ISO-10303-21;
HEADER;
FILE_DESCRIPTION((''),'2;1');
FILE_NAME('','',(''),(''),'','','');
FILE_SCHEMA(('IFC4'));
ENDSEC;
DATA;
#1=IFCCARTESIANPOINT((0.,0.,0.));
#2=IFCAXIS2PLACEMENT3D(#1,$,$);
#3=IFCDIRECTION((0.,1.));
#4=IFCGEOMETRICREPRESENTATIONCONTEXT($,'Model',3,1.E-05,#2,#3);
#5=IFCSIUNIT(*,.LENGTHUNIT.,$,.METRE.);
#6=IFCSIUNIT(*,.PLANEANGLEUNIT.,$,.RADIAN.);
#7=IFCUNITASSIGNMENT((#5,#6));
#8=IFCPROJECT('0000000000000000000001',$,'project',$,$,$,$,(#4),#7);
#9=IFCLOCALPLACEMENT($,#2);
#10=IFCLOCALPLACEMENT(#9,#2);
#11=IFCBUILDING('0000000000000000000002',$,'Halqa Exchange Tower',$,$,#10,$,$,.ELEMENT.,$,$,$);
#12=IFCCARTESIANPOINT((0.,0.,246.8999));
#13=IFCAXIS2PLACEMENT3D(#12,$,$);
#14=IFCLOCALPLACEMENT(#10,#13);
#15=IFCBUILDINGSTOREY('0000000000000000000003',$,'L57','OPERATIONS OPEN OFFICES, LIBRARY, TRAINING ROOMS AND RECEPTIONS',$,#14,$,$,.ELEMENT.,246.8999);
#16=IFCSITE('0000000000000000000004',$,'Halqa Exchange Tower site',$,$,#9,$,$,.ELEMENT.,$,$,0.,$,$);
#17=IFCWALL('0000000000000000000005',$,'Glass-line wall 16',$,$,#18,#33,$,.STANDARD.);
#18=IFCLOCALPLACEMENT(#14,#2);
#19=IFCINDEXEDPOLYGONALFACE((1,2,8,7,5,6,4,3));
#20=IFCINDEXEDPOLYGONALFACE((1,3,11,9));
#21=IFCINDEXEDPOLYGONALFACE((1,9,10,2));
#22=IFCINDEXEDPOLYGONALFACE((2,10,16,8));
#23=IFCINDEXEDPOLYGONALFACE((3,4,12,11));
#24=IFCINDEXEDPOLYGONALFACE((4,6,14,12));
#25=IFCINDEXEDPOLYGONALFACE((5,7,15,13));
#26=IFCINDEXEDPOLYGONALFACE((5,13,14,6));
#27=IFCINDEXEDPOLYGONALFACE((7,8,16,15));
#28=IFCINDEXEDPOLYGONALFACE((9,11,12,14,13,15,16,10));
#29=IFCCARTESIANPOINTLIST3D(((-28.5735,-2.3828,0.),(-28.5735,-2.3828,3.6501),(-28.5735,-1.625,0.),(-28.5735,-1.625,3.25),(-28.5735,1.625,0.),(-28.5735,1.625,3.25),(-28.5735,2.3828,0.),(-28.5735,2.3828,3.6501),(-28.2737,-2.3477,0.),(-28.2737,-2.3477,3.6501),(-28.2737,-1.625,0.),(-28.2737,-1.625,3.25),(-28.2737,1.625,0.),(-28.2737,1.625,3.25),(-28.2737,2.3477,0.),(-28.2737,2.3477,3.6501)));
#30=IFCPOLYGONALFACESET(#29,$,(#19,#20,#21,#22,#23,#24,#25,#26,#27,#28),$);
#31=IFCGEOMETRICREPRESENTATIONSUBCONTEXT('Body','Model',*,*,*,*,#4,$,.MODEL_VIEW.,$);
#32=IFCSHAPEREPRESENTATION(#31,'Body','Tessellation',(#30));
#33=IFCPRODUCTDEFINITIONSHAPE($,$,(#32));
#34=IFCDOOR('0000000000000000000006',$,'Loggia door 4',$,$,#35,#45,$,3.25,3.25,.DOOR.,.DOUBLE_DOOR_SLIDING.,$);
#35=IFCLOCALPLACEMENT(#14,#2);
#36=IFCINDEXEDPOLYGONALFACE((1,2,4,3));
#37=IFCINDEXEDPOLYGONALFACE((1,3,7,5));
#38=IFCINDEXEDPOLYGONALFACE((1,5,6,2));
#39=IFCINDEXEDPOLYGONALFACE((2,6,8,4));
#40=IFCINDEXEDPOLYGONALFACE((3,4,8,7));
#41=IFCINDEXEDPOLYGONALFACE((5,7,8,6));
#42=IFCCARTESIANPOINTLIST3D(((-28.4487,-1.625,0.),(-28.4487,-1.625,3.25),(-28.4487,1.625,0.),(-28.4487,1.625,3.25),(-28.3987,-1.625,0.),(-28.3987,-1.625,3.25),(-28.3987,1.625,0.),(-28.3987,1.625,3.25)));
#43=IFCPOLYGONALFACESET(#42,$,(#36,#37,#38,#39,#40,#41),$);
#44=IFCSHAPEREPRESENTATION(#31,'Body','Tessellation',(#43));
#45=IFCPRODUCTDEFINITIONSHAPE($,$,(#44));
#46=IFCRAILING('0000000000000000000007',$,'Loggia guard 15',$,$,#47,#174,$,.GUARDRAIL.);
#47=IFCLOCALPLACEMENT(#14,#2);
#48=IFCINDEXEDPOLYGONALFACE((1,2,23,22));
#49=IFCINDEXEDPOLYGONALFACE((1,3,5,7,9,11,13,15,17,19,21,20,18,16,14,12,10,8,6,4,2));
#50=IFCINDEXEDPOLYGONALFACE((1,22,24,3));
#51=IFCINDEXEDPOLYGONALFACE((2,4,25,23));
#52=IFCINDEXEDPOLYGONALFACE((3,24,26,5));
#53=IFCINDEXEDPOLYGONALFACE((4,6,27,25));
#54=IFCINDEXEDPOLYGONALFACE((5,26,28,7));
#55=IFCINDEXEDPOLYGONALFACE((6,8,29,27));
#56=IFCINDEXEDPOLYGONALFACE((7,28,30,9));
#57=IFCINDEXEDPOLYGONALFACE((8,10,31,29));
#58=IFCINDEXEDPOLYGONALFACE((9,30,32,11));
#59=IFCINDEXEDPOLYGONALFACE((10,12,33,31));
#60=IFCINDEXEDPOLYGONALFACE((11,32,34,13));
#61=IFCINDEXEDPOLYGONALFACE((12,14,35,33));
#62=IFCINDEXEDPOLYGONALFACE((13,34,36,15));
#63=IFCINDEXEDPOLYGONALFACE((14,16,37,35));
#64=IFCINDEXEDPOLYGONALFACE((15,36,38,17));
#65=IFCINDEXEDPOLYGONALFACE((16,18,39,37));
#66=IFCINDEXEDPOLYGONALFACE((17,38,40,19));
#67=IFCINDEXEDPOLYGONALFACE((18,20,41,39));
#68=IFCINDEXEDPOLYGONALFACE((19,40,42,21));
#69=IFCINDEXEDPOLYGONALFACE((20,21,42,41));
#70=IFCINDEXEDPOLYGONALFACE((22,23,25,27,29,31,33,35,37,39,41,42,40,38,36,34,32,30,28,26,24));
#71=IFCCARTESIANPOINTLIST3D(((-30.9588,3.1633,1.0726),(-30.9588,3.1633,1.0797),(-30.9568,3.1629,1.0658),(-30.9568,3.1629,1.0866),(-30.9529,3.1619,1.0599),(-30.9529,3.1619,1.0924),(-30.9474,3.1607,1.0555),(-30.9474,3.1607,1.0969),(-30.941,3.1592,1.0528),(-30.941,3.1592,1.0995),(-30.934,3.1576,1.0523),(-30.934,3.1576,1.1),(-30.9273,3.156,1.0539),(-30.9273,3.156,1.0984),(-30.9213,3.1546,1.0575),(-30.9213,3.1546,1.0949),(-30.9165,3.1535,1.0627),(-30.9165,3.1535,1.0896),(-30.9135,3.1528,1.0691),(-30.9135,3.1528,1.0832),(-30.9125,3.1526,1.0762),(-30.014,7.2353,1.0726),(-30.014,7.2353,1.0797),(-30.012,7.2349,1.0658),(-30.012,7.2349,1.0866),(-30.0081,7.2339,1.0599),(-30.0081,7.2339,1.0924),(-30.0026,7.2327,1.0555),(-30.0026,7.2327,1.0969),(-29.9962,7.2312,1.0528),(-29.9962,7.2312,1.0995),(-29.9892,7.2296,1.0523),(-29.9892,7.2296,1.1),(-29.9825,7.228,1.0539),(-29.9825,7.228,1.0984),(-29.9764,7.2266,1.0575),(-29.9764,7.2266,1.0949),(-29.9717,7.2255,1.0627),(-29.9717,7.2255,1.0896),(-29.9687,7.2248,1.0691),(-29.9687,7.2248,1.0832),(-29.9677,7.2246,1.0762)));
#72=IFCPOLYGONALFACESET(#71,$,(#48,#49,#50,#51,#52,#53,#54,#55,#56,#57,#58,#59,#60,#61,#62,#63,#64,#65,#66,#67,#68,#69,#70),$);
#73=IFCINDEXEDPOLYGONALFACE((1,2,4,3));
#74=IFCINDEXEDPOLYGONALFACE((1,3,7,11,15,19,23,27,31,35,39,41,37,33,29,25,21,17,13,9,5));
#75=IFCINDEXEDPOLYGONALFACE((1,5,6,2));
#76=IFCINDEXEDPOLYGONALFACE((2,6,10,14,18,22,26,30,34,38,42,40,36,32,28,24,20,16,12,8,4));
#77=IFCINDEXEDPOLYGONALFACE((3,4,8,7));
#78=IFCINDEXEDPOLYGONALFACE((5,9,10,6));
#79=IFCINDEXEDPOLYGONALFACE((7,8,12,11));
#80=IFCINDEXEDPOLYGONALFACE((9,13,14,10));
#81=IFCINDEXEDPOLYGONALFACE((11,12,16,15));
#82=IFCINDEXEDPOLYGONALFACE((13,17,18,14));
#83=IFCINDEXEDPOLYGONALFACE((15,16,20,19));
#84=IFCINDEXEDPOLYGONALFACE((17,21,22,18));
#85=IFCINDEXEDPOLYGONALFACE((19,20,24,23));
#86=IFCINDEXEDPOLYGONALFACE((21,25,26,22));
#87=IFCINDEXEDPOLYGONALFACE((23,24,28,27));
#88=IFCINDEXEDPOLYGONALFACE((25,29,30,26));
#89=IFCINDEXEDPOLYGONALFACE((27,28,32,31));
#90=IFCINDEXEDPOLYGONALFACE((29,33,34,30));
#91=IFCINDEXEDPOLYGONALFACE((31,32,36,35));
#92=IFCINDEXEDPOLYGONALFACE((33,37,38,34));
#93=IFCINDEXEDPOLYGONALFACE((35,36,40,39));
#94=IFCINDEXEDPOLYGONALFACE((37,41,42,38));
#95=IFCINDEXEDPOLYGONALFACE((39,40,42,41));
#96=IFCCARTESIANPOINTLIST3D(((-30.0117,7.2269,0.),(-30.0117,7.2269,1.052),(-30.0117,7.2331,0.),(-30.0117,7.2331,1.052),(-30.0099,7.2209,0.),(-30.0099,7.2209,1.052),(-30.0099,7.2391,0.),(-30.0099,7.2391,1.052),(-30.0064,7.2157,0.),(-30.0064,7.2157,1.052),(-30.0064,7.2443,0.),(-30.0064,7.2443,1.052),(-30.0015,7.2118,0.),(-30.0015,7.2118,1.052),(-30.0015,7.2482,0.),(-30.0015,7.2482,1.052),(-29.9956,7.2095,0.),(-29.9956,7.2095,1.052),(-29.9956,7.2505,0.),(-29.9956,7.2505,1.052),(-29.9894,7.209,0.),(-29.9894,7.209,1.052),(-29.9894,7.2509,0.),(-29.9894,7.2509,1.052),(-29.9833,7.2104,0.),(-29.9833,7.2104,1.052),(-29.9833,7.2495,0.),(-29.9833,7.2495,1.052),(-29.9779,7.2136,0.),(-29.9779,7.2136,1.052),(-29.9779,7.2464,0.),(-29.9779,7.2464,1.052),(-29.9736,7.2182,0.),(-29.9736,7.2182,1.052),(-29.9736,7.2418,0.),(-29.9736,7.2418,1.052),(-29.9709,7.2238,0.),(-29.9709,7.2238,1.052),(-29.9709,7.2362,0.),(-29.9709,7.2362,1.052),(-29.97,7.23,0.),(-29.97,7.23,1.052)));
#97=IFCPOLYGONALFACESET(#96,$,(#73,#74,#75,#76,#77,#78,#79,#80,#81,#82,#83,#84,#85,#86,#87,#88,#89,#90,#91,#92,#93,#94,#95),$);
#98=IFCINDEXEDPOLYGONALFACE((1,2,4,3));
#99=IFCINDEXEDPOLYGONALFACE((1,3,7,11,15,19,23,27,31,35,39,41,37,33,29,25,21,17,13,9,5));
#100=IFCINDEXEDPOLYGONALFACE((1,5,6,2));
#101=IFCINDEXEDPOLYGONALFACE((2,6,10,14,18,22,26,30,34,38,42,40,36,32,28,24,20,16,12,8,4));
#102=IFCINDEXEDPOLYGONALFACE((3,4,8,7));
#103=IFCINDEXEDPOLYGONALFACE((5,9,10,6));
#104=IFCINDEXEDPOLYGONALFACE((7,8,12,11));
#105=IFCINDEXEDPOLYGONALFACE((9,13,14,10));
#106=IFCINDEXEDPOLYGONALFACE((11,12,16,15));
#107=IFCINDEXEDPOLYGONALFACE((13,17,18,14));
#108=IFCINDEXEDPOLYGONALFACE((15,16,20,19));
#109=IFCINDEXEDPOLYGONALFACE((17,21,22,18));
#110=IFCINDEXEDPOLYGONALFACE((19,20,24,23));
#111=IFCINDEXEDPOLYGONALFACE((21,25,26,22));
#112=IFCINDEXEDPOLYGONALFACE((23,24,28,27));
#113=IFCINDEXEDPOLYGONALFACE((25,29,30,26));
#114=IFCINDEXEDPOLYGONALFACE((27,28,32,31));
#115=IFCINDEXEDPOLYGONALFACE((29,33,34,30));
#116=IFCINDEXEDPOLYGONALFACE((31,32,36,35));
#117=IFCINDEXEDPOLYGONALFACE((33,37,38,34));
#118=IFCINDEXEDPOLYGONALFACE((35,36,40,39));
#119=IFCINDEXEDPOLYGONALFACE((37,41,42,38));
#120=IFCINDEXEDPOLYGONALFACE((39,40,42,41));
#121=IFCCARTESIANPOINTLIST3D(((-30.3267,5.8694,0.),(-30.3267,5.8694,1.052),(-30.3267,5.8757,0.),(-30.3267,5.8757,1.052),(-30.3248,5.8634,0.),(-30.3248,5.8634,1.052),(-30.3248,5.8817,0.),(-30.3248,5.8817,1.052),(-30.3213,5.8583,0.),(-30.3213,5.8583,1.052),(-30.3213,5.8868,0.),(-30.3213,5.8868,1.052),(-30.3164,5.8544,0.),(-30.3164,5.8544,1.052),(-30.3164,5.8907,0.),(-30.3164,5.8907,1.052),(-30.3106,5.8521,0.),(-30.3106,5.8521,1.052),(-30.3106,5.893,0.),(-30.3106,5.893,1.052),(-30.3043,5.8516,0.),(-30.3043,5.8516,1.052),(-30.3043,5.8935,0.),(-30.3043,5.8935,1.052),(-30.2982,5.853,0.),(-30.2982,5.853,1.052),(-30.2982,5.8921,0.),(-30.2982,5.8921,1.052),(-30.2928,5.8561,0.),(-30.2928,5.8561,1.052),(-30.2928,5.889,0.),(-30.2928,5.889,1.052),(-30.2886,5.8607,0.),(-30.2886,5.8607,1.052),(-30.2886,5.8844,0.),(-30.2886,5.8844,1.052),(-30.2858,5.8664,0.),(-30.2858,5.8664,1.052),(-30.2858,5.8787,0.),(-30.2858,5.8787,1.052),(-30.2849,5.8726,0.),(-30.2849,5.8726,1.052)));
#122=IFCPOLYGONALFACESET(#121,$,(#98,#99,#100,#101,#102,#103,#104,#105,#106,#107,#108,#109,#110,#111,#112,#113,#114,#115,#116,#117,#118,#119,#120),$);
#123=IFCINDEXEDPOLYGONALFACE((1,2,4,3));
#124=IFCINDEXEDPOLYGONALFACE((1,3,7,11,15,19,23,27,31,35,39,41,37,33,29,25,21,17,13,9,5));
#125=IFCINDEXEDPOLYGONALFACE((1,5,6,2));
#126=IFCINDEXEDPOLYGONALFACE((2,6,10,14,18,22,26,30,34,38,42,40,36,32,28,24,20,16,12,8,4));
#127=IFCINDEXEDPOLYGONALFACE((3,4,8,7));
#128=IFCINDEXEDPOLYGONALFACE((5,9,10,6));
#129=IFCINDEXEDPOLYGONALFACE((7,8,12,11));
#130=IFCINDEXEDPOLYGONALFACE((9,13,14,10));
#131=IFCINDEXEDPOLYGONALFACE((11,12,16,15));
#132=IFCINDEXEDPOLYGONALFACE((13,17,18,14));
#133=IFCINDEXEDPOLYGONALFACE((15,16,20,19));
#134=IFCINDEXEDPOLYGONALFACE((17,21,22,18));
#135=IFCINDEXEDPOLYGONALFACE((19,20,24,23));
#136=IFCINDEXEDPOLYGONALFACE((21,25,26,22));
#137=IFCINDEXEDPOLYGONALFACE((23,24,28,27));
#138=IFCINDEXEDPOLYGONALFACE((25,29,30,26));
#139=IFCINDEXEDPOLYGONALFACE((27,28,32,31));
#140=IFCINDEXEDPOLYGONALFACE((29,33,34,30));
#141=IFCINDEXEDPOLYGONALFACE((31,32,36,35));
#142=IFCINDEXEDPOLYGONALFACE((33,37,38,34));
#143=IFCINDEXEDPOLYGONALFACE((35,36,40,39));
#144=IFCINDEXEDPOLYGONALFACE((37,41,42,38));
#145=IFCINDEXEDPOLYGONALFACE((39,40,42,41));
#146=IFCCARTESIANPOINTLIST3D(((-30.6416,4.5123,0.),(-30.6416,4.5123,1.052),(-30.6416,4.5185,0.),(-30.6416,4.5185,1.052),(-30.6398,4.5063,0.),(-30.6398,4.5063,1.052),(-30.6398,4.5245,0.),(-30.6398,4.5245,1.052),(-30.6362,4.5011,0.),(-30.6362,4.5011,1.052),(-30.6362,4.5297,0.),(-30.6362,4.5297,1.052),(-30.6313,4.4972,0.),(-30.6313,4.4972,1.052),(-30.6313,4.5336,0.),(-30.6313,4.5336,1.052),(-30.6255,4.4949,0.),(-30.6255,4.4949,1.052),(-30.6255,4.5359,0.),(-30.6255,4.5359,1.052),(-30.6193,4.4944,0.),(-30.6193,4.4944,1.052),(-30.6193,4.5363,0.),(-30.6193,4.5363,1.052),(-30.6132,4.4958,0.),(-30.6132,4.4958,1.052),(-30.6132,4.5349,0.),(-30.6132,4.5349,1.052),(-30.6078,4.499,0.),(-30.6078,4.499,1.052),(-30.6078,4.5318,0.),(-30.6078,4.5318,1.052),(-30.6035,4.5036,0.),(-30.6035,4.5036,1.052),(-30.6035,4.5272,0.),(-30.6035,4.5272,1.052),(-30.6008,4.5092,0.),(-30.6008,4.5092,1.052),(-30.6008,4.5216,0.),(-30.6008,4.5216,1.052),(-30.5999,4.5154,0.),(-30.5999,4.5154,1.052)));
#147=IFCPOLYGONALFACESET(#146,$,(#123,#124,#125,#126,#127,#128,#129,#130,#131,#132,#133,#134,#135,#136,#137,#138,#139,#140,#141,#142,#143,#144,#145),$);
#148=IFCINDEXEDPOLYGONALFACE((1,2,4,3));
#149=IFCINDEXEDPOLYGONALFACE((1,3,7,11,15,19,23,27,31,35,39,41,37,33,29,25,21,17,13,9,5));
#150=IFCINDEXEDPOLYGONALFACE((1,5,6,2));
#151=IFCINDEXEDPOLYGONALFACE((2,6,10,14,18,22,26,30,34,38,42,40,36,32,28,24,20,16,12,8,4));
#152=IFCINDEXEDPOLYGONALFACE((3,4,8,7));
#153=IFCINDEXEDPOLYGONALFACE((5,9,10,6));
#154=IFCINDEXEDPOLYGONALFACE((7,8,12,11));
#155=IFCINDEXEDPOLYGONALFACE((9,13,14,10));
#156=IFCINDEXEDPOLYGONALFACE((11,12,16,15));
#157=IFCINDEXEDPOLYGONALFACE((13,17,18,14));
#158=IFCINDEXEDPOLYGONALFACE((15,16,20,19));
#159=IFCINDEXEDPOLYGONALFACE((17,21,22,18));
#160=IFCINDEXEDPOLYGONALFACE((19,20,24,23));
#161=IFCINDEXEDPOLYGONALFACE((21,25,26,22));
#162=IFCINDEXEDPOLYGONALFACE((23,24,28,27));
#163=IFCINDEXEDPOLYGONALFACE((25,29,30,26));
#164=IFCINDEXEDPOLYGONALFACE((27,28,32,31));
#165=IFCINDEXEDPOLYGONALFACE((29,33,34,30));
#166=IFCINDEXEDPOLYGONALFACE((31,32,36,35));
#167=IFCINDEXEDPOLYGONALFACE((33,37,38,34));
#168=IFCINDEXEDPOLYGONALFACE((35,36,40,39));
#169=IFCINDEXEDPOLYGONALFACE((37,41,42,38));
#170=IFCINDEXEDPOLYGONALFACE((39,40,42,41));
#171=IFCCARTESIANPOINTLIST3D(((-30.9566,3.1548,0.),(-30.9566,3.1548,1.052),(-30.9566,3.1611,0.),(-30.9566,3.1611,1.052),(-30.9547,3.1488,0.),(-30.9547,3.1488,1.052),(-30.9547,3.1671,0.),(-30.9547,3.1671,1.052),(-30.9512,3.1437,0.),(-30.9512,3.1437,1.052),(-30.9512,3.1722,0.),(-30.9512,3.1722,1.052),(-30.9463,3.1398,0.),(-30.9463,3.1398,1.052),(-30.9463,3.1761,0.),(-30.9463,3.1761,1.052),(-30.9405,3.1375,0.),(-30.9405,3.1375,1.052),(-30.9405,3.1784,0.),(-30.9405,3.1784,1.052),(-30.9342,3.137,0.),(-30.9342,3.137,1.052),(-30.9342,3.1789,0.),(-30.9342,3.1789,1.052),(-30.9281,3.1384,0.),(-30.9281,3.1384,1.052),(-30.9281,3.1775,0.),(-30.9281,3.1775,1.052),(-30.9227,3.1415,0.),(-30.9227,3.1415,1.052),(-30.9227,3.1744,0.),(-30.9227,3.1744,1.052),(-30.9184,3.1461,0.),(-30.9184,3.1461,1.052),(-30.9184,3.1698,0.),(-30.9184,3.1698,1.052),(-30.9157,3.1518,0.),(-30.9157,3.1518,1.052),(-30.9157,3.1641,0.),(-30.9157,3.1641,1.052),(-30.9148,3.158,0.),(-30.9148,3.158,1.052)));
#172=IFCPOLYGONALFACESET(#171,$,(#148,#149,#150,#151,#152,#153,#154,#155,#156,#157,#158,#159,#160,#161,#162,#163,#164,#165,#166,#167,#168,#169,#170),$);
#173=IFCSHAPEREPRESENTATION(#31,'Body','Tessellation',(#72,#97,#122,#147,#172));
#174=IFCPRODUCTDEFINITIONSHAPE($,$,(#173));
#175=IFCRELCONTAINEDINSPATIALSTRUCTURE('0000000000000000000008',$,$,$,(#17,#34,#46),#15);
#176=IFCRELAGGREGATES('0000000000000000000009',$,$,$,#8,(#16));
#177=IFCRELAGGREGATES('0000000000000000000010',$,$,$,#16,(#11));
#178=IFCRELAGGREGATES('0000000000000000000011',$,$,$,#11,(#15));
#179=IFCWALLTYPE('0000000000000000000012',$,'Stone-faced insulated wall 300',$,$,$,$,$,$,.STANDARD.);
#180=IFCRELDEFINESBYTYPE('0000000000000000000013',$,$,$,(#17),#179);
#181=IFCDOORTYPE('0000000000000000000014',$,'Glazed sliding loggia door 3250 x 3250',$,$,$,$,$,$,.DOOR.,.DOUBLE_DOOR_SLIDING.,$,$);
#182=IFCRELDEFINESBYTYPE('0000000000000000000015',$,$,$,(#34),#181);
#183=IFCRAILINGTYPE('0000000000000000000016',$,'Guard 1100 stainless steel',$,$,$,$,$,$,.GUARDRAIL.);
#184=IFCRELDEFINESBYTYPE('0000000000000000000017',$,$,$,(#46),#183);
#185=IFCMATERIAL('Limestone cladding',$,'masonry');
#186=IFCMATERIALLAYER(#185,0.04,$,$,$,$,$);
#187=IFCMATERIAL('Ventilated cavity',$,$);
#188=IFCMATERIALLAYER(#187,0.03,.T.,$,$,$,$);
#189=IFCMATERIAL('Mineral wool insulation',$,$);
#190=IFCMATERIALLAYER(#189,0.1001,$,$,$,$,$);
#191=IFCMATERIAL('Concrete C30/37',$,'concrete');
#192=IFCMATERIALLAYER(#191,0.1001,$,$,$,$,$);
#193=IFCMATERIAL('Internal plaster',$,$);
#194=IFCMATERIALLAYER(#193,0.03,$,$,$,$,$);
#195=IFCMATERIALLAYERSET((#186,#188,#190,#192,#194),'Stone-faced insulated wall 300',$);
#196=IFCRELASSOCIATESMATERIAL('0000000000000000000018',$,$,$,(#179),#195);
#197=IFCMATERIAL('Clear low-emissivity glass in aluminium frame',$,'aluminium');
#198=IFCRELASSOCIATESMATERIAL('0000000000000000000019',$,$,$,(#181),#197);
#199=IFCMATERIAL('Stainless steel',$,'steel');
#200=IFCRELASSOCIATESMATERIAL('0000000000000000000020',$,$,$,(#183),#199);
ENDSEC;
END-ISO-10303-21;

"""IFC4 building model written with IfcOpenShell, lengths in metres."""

from ifc_helpers import new_model, si_unit, direction, frame, frame_2d, origin, origin_2d, place, context, subcontext, project, spatial, polyline, rectangle, circle, outline, extrude, material, layer, layer_set, type_object, element, fill, save


model = new_model("IFC4")

# Units and contexts
model_context = context("Model", 3, precision=1e-05, world=origin(), true_north=direction((0.0, 1.0)))
body_context = subcontext(model_context, "Body", "Model", "MODEL_VIEW")
ifc_project = project(units=[si_unit("LENGTHUNIT", "METRE"), si_unit("PLANEANGLEUNIT", "RADIAN")], contexts=[model_context])

# Site, building, storey
site_placement = place(None, origin())
site = spatial("IfcSite", under=ifc_project, at=site_placement, Name="Halqa Exchange Tower site", CompositionType="ELEMENT", RefElevation=0.0)
building_placement = place(site_placement, origin())
building = spatial("IfcBuilding", under=site, at=building_placement, Name="Halqa Exchange Tower", CompositionType="ELEMENT")
storey_placement = place(building_placement, frame((0.0, 0.0, 246.8999)))
storey = spatial("IfcBuildingStorey", under=building, at=storey_placement, Name="L57", Description="OPERATIONS OPEN OFFICES, LIBRARY, TRAINING ROOMS AND RECEPTIONS", CompositionType="ELEMENT", Elevation=246.8999)

# Shared definitions
ifc_material_1 = material(Name="Limestone cladding", Category="masonry")
ifc_layer_1 = layer(ifc_material_1, 0.04)
ifc_material_2 = material(Name="Ventilated cavity")
ifc_layer_2 = layer(ifc_material_2, 0.03, ventilated=True)
ifc_material_3 = material(Name="Mineral wool insulation")
ifc_layer_3 = layer(ifc_material_3, 0.1001)
ifc_material_4 = material(Name="Concrete C30/37", Category="concrete")
ifc_layer_4 = layer(ifc_material_4, 0.1001)
ifc_material_5 = material(Name="Internal plaster")
ifc_layer_5 = layer(ifc_material_5, 0.03)
ifc_layer_set_1 = layer_set([ifc_layer_1, ifc_layer_2, ifc_layer_3, ifc_layer_4, ifc_layer_5], Name="Stone-faced insulated wall 300")
wall_type_1 = type_object("IfcWallType", Name="Stone-faced insulated wall 300", PredefinedType="STANDARD", material=ifc_layer_set_1)
ifc_material_6 = material(Name="Clear low-emissivity glass in aluminium frame", Category="aluminium")

# Wall, opening, door
wall_1_placement = place(storey_placement, frame((-28.4236, 2.3652, 0.0), z_axis=(0.0, 0.0, 1.0), x_axis=(0.0, -1.0, 0.0)))
wall_1 = element("IfcWall", 1, at=wall_1_placement, inside=storey, type_object=wall_type_1, Name="Glass-line wall 16", PredefinedType="STANDARD", context=body_context, shape_type="SweptSolid", body=[
    extrude(outline(polyline([(-0.0176, -0.1499), (4.748, -0.1499), (4.7129, 0.1499), (0.0176, 0.1499), (-0.0176, -0.1499)])), origin(), (0.0, 0.0, 1.0), 3.6501),
])
opening_1_placement = place(wall_1_placement, frame((0.7402, 0.0, 0.0)))
opening_1 = element("IfcOpeningElement", 2, at=opening_1_placement, cuts=wall_1, PredefinedType="OPENING", context=body_context, shape_type="SweptSolid", body=[
    extrude(rectangle(XDim=3.25, YDim=3.25, at=frame_2d((1.625, 1.625))), frame((0.0, 0.1621, 0.0), z_axis=(0.0, -1.0, 0.0), x_axis=(1.0, 0.0, 0.0)), (0.0, 0.0, 1.0), 0.324),
])
door_type_1 = type_object("IfcDoorType", Name="Glazed sliding loggia door 3250 x 3250", OperationType="DOUBLE_DOOR_SLIDING", PredefinedType="DOOR", material=ifc_material_6)
door_1_placement = place(opening_1_placement, origin())
door_1 = element("IfcDoor", 3, at=door_1_placement, inside=storey, type_object=door_type_1, Name="Loggia door 4", OperationType="DOUBLE_DOOR_SLIDING", OverallHeight=3.25, OverallWidth=3.25, PredefinedType="DOOR", context=body_context, shape_type="SweptSolid", body=[
    extrude(rectangle(XDim=3.25, YDim=3.25, at=frame_2d((1.625, 1.625))), frame((0.0, 0.0249, 0.0), z_axis=(0.0, -1.0, 0.0), x_axis=(1.0, 0.0, 0.0)), (0.0, 0.0, 1.0), 0.05),
])
fill(opening_1, door_1)

# Railing
ifc_material_7 = material(Name="Stainless steel", Category="steel")
railing_type = type_object("IfcRailingType", Name="Guard 1100 stainless steel", PredefinedType="GUARDRAIL", material=ifc_material_7)
railing_1_placement = place(storey_placement, frame((-29.991, 7.23, 0.0)))
element("IfcRailing", 4, at=railing_1_placement, inside=storey, type_object=railing_type, Name="Loggia guard 15", PredefinedType="GUARDRAIL", context=body_context, shape_type="SweptSolid", body=[
    extrude(circle(Radius=0.0239, at=origin_2d()), frame((0.0, 0.0, 1.0762), z_axis=(-0.226024, -0.974122, 0.0), x_axis=(0.974122, -0.226024, 0.0)), (0.0, 0.0, 1.0), 4.1802),
    extrude(circle(Radius=0.021, at=origin_2d()), origin(), (0.0, 0.0, 1.0), 1.052),
    extrude(circle(Radius=0.021, at=origin_2d()), frame((-0.3149, -1.3574, 0.0)), (0.0, 0.0, 1.0), 1.052),
    extrude(circle(Radius=0.021, at=origin_2d()), frame((-0.6299, -2.7146, 0.0)), (0.0, 0.0, 1.0), 1.052),
    extrude(circle(Radius=0.021, at=origin_2d()), frame((-0.9448, -4.072, 0.0)), (0.0, 0.0, 1.0), 1.052),
])

save(model, "model.ifc")
